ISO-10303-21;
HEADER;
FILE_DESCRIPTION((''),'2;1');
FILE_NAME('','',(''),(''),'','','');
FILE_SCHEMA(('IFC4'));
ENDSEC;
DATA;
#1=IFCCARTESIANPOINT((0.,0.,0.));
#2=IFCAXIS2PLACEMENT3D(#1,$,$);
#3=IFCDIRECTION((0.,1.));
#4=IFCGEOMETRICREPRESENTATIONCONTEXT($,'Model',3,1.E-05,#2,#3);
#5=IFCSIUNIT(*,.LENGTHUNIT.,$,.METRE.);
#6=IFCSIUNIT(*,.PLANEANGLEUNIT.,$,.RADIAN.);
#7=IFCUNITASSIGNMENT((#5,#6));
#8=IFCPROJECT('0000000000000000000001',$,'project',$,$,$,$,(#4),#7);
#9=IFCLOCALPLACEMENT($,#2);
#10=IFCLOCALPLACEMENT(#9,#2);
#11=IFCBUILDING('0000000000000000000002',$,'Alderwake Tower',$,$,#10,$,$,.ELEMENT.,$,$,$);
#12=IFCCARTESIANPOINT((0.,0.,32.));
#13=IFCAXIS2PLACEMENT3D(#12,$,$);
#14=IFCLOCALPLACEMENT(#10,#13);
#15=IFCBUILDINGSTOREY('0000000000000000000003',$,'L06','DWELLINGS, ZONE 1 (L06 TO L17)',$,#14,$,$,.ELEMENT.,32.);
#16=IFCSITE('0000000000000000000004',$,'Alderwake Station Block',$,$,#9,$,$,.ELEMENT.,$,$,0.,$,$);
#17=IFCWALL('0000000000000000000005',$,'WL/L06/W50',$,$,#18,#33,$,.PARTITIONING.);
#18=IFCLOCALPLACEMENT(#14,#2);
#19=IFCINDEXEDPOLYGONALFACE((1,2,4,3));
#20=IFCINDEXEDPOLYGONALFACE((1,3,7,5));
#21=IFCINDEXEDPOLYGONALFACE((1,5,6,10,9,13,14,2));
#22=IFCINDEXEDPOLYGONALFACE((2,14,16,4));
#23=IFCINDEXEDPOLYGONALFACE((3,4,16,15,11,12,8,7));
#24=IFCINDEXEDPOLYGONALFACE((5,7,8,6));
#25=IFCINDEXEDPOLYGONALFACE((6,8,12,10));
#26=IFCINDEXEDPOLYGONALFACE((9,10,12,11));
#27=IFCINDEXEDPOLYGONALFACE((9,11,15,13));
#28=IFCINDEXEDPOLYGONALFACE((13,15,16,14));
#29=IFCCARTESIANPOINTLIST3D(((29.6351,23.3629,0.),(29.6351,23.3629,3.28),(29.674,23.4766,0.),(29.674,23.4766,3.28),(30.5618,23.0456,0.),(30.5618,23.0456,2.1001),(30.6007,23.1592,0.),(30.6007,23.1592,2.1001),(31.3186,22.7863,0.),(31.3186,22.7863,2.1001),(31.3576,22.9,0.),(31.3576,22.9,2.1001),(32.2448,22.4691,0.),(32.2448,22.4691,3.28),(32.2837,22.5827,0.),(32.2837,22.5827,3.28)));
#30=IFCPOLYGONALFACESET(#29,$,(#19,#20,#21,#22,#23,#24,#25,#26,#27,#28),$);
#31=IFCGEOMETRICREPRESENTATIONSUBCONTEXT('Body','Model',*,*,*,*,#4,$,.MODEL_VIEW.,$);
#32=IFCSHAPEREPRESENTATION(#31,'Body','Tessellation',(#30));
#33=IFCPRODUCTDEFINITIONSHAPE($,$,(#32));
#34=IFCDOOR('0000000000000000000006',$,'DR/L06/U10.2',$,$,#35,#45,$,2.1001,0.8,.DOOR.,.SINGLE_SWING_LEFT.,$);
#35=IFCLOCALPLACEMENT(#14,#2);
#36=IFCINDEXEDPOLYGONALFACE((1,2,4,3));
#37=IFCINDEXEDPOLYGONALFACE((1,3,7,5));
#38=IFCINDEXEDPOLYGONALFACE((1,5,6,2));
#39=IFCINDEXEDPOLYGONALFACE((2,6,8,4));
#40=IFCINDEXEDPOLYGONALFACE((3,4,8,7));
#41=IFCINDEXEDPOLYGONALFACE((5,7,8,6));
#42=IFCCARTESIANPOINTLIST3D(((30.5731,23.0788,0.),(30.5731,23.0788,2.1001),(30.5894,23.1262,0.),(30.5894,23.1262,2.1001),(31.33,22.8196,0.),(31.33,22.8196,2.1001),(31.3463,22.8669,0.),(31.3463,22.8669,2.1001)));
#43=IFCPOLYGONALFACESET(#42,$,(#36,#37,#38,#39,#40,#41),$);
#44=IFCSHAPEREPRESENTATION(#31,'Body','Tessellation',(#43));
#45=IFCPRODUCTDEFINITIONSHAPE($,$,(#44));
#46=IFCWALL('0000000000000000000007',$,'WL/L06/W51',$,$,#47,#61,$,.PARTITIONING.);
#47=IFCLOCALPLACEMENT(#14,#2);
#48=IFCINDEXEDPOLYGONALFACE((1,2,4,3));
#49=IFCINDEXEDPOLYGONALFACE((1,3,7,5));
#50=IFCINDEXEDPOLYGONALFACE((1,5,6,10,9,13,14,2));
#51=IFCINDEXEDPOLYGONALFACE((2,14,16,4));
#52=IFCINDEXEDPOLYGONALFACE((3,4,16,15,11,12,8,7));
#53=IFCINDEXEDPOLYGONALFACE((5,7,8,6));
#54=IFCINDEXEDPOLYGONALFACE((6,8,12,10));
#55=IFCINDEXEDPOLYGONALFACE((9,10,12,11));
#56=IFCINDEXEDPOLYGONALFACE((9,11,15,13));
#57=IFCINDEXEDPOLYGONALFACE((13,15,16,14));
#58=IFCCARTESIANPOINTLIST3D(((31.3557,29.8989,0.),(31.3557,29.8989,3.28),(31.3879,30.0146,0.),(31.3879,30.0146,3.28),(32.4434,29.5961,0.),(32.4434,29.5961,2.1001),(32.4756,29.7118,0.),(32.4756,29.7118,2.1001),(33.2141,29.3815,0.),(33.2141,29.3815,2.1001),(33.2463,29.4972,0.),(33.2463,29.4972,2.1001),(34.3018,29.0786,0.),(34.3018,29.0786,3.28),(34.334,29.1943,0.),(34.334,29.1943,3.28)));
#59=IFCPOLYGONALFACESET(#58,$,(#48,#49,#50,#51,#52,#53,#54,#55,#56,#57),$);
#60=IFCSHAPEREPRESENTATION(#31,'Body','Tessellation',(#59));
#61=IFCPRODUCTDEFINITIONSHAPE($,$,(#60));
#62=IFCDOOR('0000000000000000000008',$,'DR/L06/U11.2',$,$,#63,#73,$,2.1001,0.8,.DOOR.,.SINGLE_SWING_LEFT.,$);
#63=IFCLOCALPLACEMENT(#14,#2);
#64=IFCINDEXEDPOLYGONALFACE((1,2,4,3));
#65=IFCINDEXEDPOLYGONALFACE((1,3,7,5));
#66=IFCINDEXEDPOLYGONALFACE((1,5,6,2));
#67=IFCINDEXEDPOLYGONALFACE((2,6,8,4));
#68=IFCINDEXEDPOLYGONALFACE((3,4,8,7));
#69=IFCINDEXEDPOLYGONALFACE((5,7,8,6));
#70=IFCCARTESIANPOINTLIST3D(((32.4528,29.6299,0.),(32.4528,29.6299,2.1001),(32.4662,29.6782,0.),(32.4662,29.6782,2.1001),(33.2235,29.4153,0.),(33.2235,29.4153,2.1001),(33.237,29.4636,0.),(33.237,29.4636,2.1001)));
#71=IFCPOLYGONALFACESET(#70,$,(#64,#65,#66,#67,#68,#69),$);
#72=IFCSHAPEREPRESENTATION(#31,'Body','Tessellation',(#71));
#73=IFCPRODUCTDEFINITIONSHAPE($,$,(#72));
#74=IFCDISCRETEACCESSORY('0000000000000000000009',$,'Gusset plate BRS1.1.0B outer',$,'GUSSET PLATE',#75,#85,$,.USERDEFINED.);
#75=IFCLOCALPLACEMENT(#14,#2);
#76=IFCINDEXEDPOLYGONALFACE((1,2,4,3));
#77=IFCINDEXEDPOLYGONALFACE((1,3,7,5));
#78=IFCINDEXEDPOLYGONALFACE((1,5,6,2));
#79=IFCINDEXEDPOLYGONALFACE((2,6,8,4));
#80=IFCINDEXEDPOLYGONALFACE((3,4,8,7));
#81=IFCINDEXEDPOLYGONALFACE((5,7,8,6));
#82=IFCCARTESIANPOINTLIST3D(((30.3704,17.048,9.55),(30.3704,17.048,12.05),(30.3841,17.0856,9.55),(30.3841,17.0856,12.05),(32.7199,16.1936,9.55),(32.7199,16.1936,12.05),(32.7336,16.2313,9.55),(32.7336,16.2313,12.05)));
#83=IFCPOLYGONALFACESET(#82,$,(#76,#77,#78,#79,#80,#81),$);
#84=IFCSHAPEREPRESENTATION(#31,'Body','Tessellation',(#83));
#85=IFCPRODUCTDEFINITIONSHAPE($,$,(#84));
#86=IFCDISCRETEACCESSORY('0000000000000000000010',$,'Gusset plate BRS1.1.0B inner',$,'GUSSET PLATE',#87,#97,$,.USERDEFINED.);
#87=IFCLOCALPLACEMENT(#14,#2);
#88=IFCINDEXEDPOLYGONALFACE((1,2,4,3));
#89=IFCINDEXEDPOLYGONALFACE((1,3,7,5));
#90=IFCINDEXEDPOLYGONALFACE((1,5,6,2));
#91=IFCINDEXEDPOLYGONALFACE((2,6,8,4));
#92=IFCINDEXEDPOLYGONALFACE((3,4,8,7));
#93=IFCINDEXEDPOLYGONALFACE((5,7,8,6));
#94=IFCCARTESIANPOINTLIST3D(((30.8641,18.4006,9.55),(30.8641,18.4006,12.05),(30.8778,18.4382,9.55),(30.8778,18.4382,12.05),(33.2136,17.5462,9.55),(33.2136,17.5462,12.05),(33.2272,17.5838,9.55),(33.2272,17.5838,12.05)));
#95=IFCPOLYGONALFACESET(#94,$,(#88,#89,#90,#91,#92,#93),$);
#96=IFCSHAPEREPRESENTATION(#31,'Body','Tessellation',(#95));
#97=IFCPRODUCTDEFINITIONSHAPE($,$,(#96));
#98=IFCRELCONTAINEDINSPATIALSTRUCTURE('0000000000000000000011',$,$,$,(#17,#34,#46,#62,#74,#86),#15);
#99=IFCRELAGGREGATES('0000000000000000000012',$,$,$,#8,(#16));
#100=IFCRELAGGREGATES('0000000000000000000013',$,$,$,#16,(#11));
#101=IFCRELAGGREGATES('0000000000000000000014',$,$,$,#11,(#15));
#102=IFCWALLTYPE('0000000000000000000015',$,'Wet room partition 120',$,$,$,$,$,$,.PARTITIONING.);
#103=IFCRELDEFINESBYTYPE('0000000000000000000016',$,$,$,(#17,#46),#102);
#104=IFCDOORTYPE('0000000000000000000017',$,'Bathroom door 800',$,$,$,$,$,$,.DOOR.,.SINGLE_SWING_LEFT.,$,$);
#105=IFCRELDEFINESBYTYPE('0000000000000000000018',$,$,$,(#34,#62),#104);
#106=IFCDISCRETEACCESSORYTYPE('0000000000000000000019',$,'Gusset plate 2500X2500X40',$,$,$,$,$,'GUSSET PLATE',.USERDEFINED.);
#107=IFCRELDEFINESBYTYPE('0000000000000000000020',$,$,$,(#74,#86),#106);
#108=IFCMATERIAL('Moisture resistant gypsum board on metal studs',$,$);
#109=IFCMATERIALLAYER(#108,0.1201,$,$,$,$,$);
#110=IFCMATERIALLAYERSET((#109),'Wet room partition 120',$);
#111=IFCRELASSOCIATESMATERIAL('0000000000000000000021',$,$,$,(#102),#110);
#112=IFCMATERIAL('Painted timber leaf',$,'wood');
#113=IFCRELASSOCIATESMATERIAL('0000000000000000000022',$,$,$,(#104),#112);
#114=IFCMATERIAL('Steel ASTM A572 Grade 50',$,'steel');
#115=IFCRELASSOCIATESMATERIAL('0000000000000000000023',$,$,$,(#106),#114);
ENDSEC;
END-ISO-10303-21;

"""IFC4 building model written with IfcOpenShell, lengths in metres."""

from ifc_helpers import new_model, si_unit, direction, frame, frame_2d, origin, origin_2d, place, context, subcontext, project, spatial, rectangle, extrude, material, layer, layer_set, material_profile, profile_set, type_object, element, fill, save


model = new_model("IFC4")

# Units and contexts
model_context = context("Model", 3, precision=1e-05, world=origin(), true_north=direction((0.0, 1.0)))
body_context = subcontext(model_context, "Body", "Model", "MODEL_VIEW")
ifc_project = project(units=[si_unit("LENGTHUNIT", "METRE"), si_unit("PLANEANGLEUNIT", "RADIAN")], contexts=[model_context])

# Site, building, storey
site_placement = place(None, origin())
site = spatial("IfcSite", under=ifc_project, at=site_placement, Name="Alderwake Station Block", CompositionType="ELEMENT", RefElevation=0.0)
building_placement = place(site_placement, origin())
building = spatial("IfcBuilding", under=site, at=building_placement, Name="Alderwake Tower", CompositionType="ELEMENT")
storey_placement = place(building_placement, frame((0.0, 0.0, 32.0)))
storey = spatial("IfcBuildingStorey", under=building, at=storey_placement, Name="L06", Description="DWELLINGS, ZONE 1 (L06 TO L17)", CompositionType="ELEMENT", Elevation=32.0)

# Shared definitions
ifc_material_1 = material(Name="Moisture resistant gypsum board on metal studs")
ifc_layer_1 = layer(ifc_material_1, 0.1201)
ifc_layer_set_1 = layer_set([ifc_layer_1], Name="Wet room partition 120")
wall_type_1 = type_object("IfcWallType", Name="Wet room partition 120", PredefinedType="PARTITIONING", material=ifc_layer_set_1)

# Walls, openings, doors
wall_1_placement = place(storey_placement, frame((32.2644, 22.5259, 0.0), z_axis=(0.0, 0.0, 1.0), x_axis=(-0.946049, 0.324023, 0.0)))
wall_1 = element("IfcWall", 1, at=wall_1_placement, inside=storey, type_object=wall_type_1, Name="WL/L06/W50", PredefinedType="PARTITIONING", context=body_context, shape_type="SweptSolid", body=[
    extrude(rectangle(XDim=2.7585, YDim=0.1201, at=frame_2d((1.3794, 0.0))), origin(), (0.0, 0.0, 1.0), 3.28),
])
opening_1_placement = place(wall_1_placement, frame((0.9792, 0.0, 0.0)))
opening_1 = element("IfcOpeningElement", 2, at=opening_1_placement, cuts=wall_1, PredefinedType="OPENING", context=body_context, shape_type="SweptSolid", body=[
    extrude(rectangle(XDim=0.8, YDim=2.1001, at=frame_2d((0.3999, 1.05))), frame((0.0, 0.0701, 0.0), z_axis=(0.0, -1.0, 0.0), x_axis=(1.0, 0.0, 0.0)), (0.0, 0.0, 1.0), 0.1401),
])
ifc_material_2 = material(Name="Painted timber leaf", Category="wood")
door_type_1 = type_object("IfcDoorType", Name="Bathroom door 800", OperationType="SINGLE_SWING_LEFT", PredefinedType="DOOR", material=ifc_material_2)
door_1_placement = place(opening_1_placement, origin())
door_1 = element("IfcDoor", 3, at=door_1_placement, inside=storey, type_object=door_type_1, Name="DR/L06/U10.2", OperationType="SINGLE_SWING_LEFT", OverallHeight=2.1001, OverallWidth=0.8, PredefinedType="DOOR", context=body_context, shape_type="SweptSolid", body=[
    extrude(rectangle(XDim=0.8, YDim=2.1001, at=frame_2d((0.3999, 1.05))), frame((0.0, 0.0249, 0.0), z_axis=(0.0, -1.0, 0.0), x_axis=(1.0, 0.0, 0.0)), (0.0, 0.0, 1.0), 0.05),
])
fill(opening_1, door_1)
wall_2_placement = place(storey_placement, frame((34.3179, 29.1365, 0.0), z_axis=(0.0, 0.0, 1.0), x_axis=(-0.963352, 0.268241, 0.0)))
wall_2 = element("IfcWall", 4, at=wall_2_placement, inside=storey, type_object=wall_type_1, Name="WL/L06/W51", PredefinedType="PARTITIONING", context=body_context, shape_type="SweptSolid", body=[
    extrude(rectangle(XDim=3.0581, YDim=0.1201, at=frame_2d((1.5291, 0.0))), origin(), (0.0, 0.0, 1.0), 3.28),
])
opening_2_placement = place(wall_2_placement, frame((1.1292, 0.0, 0.0)))
opening_2 = element("IfcOpeningElement", 5, at=opening_2_placement, cuts=wall_2, PredefinedType="OPENING", context=body_context, shape_type="SweptSolid", body=[
    extrude(rectangle(XDim=0.8, YDim=2.1001, at=frame_2d((0.3999, 1.05))), frame((0.0, 0.0701, 0.0), z_axis=(0.0, -1.0, 0.0), x_axis=(1.0, 0.0, 0.0)), (0.0, 0.0, 1.0), 0.1401),
])
door_2_placement = place(opening_2_placement, origin())
door_2 = element("IfcDoor", 6, at=door_2_placement, inside=storey, type_object=door_type_1, Name="DR/L06/U11.2", OperationType="SINGLE_SWING_LEFT", OverallHeight=2.1001, OverallWidth=0.8, PredefinedType="DOOR", context=body_context, shape_type="SweptSolid", body=[
    extrude(rectangle(XDim=0.8, YDim=2.1001, at=frame_2d((0.3999, 1.05))), frame((0.0, 0.0249, 0.0), z_axis=(0.0, -1.0, 0.0), x_axis=(1.0, 0.0, 0.0)), (0.0, 0.0, 1.0), 0.05),
])
fill(opening_2, door_2)

# Discrete accessories
ifc_material_3 = material(Name="Steel ASTM A572 Grade 50", Category="steel")
ifc_material_profile = material_profile(ifc_material_3, rectangle(XDim=2.5, YDim=2.5, at=origin_2d()), Name="gusset 2500X2500")
ifc_profile_set = profile_set([ifc_material_profile], Name="Steel ASTM A572 Grade 50")
discrete_accessory_type = type_object("IfcDiscreteAccessoryType", Name="Gusset plate 2500X2500X40", ElementType="GUSSET PLATE", PredefinedType="USERDEFINED", material=ifc_profile_set)
for number, where, z_axis, x_axis, name in (
    (7, (31.5588, 16.6584, 10.8), (-0.341743, -0.939793, 0.0), (0.939793, -0.341743, 0.0), "Gusset plate BRS1.1.0B outer"),
    (8, (32.0388, 17.9734, 10.8), (0.341743, 0.939793, 0.0), (-0.939793, 0.341743, 0.0), "Gusset plate BRS1.1.0B inner"),
):
    element("IfcDiscreteAccessory", number, at=place(storey_placement, frame(where, z_axis=z_axis, x_axis=x_axis)), inside=storey, type_object=discrete_accessory_type, Name=name, ObjectType="GUSSET PLATE", PredefinedType="USERDEFINED", context=body_context, shape_type="SweptSolid", body=[
        extrude(rectangle(XDim=2.5, YDim=2.5, at=origin_2d()), origin(), (0.0, 0.0, 1.0), 0.04),
    ])

save(model, "model.ifc")
